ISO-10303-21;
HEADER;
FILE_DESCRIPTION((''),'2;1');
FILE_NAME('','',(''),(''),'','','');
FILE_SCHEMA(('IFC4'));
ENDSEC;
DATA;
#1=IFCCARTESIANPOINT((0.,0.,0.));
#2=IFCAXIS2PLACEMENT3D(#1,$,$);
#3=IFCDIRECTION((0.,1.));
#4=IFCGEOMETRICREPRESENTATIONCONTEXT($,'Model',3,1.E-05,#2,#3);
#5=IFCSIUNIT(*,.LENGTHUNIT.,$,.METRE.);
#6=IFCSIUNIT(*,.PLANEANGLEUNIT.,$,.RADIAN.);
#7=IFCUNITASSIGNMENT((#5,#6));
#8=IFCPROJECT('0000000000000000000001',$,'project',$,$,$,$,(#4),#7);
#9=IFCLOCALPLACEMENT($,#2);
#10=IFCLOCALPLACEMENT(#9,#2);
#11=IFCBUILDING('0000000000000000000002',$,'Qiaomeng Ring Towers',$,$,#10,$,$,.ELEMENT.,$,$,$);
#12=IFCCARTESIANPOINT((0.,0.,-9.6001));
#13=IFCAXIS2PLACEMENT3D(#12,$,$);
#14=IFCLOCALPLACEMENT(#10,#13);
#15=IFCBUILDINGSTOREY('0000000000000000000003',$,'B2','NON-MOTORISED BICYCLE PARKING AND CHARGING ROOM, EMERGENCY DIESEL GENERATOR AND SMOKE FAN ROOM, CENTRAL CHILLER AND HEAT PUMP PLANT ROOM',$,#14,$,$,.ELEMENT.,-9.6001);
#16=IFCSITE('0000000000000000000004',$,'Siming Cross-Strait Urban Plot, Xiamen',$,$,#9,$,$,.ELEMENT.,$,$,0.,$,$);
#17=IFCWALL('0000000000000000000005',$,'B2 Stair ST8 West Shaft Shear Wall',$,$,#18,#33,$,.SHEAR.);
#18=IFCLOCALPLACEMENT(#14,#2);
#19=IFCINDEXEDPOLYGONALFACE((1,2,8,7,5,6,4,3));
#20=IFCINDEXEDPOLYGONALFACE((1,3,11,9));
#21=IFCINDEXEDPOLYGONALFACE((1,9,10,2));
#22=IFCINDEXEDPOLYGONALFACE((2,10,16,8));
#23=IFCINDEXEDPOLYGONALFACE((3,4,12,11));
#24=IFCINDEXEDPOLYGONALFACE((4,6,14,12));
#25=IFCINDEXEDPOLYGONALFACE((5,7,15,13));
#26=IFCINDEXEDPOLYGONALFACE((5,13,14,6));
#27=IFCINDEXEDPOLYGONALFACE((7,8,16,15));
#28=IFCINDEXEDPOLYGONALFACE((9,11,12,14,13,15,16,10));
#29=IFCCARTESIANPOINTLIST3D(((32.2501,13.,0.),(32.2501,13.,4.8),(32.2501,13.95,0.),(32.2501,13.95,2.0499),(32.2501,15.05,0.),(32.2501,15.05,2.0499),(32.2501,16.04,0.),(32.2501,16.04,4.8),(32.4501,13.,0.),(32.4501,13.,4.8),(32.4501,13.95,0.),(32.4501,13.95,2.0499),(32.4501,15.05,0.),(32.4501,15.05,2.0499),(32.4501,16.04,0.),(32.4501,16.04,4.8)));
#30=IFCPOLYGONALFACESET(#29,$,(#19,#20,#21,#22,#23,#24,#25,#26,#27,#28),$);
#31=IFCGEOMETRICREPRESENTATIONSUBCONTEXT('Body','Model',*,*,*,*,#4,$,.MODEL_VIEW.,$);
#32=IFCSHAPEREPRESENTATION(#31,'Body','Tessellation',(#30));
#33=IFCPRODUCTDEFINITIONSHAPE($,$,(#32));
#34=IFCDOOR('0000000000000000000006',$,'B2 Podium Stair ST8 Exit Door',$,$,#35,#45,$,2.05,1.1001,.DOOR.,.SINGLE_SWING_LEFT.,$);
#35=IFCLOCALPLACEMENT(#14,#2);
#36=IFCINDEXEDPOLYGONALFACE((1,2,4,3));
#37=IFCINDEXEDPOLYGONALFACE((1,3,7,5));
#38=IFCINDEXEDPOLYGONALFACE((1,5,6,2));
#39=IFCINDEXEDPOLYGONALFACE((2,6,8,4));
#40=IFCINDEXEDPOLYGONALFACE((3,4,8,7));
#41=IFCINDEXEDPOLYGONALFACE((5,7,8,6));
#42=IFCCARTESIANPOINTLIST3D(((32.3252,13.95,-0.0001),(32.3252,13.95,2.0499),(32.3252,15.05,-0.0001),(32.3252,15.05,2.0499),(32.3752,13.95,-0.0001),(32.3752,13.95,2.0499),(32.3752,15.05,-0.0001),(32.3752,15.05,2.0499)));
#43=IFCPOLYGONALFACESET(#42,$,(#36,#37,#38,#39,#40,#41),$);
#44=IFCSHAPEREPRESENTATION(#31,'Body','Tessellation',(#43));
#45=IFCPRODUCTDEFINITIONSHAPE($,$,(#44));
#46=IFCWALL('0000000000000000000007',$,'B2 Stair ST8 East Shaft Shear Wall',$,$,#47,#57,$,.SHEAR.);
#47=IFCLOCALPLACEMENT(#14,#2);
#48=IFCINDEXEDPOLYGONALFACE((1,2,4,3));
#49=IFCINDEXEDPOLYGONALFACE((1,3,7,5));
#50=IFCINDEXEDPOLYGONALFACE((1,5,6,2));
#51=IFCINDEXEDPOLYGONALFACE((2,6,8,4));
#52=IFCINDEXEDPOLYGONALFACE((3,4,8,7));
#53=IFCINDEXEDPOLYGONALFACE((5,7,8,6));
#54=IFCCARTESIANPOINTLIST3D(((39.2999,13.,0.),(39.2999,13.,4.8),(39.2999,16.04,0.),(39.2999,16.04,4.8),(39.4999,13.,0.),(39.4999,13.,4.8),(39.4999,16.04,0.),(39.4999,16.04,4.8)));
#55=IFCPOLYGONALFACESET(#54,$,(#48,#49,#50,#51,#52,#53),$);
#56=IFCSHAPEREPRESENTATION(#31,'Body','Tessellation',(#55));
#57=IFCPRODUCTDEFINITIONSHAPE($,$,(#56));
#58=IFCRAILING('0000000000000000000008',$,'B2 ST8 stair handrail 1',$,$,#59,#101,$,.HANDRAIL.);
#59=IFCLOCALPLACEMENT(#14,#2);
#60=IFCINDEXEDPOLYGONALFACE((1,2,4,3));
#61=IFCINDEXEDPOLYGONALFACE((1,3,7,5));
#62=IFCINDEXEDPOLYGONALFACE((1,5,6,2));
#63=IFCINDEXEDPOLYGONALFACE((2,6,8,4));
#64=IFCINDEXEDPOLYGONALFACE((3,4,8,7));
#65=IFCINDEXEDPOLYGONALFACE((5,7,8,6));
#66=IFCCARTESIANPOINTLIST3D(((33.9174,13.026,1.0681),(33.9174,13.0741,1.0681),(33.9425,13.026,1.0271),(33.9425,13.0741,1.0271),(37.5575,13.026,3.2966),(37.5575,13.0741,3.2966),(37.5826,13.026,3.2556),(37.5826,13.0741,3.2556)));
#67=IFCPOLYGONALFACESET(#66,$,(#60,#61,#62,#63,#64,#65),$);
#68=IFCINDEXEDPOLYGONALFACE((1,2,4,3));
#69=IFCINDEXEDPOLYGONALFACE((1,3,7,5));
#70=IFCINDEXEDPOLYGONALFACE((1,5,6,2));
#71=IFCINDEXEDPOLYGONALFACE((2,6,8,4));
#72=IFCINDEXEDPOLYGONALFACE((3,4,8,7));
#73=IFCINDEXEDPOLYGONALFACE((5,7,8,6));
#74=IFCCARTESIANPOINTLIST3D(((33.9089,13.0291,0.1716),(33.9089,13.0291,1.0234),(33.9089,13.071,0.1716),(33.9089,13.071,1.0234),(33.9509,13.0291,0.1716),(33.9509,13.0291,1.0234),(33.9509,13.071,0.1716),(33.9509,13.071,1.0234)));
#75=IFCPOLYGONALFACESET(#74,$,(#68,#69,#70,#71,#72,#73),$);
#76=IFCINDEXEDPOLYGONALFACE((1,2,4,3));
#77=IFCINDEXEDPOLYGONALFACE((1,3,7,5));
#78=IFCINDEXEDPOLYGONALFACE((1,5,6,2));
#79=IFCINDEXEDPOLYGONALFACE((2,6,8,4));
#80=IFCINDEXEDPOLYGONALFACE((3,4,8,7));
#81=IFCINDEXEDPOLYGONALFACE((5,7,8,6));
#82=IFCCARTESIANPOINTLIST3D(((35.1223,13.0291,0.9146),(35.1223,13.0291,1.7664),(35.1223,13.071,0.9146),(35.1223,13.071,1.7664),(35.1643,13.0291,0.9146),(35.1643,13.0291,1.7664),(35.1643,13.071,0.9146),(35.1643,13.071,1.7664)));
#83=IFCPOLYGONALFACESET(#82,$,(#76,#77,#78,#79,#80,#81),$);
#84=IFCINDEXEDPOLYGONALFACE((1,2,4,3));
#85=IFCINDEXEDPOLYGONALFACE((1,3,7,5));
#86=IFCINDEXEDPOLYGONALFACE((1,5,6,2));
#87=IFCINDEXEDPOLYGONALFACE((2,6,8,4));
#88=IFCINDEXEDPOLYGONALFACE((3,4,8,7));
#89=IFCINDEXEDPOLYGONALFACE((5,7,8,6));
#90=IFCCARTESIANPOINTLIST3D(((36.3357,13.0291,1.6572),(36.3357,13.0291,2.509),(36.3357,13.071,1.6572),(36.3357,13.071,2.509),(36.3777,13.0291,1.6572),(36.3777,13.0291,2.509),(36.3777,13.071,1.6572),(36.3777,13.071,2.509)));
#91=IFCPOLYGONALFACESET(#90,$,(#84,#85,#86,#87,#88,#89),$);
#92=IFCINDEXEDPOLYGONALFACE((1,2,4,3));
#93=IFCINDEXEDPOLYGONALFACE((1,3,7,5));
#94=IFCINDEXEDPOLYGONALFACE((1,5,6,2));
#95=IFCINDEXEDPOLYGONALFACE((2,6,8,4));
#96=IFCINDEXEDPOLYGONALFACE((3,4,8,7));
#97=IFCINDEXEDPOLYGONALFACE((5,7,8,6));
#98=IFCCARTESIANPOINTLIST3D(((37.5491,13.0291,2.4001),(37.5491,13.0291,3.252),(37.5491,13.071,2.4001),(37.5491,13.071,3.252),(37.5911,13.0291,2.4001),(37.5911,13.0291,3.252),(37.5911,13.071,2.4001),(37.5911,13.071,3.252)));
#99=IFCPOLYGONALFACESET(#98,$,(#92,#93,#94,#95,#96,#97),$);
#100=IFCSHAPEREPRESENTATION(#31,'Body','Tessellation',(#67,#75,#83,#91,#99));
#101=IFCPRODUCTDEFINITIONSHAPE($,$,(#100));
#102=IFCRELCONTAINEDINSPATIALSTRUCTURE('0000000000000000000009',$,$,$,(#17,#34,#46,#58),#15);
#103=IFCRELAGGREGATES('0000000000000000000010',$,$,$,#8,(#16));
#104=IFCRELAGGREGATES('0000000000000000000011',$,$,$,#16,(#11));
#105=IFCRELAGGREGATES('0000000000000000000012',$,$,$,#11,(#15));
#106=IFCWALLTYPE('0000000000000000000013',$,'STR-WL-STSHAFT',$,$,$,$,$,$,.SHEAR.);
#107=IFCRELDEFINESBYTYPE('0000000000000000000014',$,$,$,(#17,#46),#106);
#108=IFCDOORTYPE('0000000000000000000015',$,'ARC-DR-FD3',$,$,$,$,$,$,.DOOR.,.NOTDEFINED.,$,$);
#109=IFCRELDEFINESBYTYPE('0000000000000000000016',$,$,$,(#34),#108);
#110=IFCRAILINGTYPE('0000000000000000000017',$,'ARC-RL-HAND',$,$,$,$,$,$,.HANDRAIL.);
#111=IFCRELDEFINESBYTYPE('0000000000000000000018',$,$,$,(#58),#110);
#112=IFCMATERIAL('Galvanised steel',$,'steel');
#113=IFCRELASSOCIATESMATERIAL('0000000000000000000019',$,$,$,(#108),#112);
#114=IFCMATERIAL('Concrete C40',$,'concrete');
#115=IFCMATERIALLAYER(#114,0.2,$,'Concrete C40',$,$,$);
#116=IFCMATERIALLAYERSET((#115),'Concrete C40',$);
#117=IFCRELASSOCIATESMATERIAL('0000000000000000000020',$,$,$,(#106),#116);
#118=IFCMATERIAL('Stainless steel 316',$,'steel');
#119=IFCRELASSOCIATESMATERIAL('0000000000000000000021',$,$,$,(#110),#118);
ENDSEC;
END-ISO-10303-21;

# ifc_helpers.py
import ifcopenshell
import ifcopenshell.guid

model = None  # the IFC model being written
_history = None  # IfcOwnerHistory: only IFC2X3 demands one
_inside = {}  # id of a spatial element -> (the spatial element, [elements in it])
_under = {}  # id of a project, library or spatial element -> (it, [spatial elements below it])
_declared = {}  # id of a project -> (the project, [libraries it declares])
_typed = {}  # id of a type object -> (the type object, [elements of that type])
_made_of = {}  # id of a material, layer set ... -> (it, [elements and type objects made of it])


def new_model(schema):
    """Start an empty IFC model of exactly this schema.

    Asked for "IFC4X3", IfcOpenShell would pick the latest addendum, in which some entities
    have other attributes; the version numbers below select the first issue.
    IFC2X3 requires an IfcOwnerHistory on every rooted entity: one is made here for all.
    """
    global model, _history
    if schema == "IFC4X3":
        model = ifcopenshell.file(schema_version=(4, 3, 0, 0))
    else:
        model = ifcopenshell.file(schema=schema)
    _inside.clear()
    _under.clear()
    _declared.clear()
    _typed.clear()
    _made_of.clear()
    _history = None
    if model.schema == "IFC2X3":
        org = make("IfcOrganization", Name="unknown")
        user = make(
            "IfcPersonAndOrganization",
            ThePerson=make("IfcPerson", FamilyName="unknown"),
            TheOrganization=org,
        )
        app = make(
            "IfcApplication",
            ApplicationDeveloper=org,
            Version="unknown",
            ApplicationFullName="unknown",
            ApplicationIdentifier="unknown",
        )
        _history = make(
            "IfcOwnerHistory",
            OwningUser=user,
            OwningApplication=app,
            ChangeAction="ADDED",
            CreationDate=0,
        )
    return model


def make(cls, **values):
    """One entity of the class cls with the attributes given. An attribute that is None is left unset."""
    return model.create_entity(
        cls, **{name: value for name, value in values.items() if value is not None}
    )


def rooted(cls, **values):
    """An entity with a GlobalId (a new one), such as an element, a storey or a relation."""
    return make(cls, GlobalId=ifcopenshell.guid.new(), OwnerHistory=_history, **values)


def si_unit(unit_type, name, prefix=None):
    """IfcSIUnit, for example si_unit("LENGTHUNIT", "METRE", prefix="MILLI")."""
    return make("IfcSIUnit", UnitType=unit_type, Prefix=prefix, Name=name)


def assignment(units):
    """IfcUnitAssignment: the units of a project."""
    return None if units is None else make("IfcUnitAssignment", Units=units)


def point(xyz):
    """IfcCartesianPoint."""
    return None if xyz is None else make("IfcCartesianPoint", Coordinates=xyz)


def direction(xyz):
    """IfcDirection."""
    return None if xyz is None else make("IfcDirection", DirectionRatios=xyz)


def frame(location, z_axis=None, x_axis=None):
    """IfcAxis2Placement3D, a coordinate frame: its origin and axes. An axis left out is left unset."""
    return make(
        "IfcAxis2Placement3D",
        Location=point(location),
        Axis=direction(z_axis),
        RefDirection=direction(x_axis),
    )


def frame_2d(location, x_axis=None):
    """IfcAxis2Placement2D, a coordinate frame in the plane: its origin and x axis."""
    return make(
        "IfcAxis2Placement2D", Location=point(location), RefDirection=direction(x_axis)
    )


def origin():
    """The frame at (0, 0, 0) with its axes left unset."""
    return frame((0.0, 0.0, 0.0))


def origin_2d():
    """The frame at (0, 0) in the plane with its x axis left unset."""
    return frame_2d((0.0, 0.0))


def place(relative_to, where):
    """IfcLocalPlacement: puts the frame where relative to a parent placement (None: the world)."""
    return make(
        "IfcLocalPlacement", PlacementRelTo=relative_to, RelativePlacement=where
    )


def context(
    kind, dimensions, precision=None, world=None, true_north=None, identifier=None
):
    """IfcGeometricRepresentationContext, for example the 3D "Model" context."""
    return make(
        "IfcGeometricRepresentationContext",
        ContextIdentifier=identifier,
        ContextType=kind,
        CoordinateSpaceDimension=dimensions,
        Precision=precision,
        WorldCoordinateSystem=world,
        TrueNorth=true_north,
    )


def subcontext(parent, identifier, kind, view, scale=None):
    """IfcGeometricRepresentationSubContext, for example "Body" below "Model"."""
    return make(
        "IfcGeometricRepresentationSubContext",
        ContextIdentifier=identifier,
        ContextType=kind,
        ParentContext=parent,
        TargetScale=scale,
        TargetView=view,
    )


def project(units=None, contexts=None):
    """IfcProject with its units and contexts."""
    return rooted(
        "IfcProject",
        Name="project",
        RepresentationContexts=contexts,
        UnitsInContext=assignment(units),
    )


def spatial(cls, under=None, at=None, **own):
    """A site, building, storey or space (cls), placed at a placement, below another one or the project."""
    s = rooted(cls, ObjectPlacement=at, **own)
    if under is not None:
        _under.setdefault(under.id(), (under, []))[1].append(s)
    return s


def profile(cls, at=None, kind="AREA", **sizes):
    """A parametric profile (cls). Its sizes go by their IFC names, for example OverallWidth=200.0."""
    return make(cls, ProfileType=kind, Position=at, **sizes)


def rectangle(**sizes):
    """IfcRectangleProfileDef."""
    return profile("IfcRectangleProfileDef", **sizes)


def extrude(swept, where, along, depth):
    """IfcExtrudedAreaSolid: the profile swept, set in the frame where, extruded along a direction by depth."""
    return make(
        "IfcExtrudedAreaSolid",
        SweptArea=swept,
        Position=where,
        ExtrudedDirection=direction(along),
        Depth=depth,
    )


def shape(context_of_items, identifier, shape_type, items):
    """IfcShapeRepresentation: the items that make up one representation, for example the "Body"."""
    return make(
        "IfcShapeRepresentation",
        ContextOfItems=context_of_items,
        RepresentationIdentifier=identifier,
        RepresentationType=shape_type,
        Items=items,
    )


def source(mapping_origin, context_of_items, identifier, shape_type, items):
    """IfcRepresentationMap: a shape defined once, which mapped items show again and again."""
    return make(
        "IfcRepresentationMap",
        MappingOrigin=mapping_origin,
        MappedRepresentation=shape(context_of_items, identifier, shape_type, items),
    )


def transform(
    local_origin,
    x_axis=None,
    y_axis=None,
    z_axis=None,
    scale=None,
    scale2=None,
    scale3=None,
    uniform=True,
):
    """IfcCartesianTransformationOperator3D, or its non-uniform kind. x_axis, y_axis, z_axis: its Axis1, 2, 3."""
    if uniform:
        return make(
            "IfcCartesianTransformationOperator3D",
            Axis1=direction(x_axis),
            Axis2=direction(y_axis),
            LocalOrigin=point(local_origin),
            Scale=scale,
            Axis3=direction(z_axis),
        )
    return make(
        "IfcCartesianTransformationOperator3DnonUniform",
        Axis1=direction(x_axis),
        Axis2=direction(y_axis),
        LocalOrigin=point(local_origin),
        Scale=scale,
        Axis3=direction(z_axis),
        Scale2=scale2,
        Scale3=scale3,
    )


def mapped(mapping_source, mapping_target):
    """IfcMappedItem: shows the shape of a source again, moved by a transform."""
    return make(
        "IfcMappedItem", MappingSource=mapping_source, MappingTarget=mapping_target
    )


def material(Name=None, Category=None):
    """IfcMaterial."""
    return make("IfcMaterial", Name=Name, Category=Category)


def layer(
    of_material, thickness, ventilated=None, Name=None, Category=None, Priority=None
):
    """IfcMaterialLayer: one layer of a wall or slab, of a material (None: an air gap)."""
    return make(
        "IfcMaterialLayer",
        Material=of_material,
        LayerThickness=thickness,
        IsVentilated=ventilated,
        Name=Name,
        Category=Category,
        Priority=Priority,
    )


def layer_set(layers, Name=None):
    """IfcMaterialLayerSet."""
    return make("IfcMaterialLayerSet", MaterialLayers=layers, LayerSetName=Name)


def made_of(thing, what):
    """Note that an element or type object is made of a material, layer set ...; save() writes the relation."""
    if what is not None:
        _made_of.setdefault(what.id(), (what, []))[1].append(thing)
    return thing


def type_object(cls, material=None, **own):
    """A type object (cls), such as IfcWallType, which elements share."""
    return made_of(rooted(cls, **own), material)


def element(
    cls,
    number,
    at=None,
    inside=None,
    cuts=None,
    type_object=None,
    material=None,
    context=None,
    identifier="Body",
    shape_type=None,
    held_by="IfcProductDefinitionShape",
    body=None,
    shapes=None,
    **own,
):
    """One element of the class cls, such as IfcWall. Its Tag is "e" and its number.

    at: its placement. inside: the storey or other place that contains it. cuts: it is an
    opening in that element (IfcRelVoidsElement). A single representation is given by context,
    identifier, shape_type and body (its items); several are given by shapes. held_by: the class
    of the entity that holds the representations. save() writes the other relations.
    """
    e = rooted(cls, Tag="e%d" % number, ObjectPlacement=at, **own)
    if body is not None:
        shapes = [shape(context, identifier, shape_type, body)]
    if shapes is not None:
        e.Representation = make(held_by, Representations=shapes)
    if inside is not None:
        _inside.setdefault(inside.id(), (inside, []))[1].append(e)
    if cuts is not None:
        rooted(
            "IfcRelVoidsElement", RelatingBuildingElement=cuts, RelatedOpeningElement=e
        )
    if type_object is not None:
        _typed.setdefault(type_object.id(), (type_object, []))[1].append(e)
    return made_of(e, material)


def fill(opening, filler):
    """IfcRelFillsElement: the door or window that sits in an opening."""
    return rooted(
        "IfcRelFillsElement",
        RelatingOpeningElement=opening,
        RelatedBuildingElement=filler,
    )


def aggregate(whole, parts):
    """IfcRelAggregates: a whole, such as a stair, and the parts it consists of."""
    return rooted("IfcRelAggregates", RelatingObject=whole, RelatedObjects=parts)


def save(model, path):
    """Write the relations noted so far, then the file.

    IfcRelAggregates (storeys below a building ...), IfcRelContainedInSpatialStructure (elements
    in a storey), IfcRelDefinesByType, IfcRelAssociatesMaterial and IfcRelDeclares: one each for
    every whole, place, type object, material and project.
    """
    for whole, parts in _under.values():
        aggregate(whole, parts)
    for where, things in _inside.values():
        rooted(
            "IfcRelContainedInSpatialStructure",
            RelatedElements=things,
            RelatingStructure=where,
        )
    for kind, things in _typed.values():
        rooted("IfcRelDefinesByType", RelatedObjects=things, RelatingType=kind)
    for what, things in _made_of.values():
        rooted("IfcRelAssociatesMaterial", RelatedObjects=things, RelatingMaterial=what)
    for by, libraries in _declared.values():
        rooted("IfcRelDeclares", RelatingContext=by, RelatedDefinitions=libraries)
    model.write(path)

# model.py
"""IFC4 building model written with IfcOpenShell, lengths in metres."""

from ifc_helpers import new_model, si_unit, direction, frame, frame_2d, origin, origin_2d, place, context, subcontext, project, spatial, rectangle, extrude, source, transform, mapped, material, layer, layer_set, type_object, element, fill, save


model = new_model("IFC4")

# Units and contexts
model_context = context("Model", 3, precision=1e-05, world=origin(), true_north=direction((0.0, 1.0)))
body_context = subcontext(model_context, "Body", "Model", "MODEL_VIEW")
ifc_project = project(units=[si_unit("LENGTHUNIT", "METRE"), si_unit("PLANEANGLEUNIT", "RADIAN")], contexts=[model_context])

# Site, building, storey
site_placement = place(None, origin())
site = spatial("IfcSite", under=ifc_project, at=site_placement, Name="Siming Cross-Strait Urban Plot, Xiamen", CompositionType="ELEMENT", RefElevation=0.0)
building_placement = place(site_placement, origin())
building = spatial("IfcBuilding", under=site, at=building_placement, Name="Qiaomeng Ring Towers", CompositionType="ELEMENT")
storey_placement = place(building_placement, frame((0.0, 0.0, -9.6001)))
storey = spatial("IfcBuildingStorey", under=building, at=storey_placement, Name="B2", Description="NON-MOTORISED BICYCLE PARKING AND CHARGING ROOM, EMERGENCY DIESEL GENERATOR AND SMOKE FAN ROOM, CENTRAL CHILLER AND HEAT PUMP PLANT ROOM", CompositionType="ELEMENT", Elevation=-9.6001)

# Shared definitions
ifc_material_1 = material(Name="Concrete C40", Category="concrete")

# Shared definitions
ifc_material_2 = material(Name="Galvanised steel", Category="steel")
door_type_1 = type_object("IfcDoorType", Name="ARC-DR-FD3", OperationType="NOTDEFINED", PredefinedType="DOOR", material=ifc_material_2)
shared_shape_1 = source(origin(), body_context, "Body", "SweptSolid", [
    extrude(rectangle(XDim=1.1001, YDim=2.05, at=frame_2d((0.55, 1.0249))), frame((0.0, 0.0249, 0.0), z_axis=(0.0, -1.0, 0.0), x_axis=(1.0, 0.0, 0.0)), (0.0, 0.0, 1.0), 0.05),
])

# Shared definitions
ifc_layer_1 = layer(ifc_material_1, 0.2, Name="Concrete C40")
ifc_layer_set_1 = layer_set([ifc_layer_1], Name="Concrete C40")
wall_type_1 = type_object("IfcWallType", Name="STR-WL-STSHAFT", PredefinedType="SHEAR", material=ifc_layer_set_1)
ifc_material_3 = material(Name="Stainless steel 316", Category="steel")

# Wall, opening, door
wall_1_placement = place(storey_placement, frame((32.3501, 13.0, 0.0), z_axis=(0.0, 0.0, 1.0), x_axis=(0.0, 1.0, 0.0)))
wall_1 = element("IfcWall", 1, at=wall_1_placement, inside=storey, type_object=wall_type_1, Name="B2 Stair ST8 West Shaft Shear Wall", PredefinedType="SHEAR", context=body_context, shape_type="SweptSolid", body=[
    extrude(rectangle(XDim=3.04, YDim=0.2, at=frame_2d((1.52, 0.0))), origin(), (0.0, 0.0, 1.0), 4.8),
])
opening_1_placement = place(wall_1_placement, frame((0.95, 0.0, 0.0)))
opening_1 = element("IfcOpeningElement", 2, at=opening_1_placement, cuts=wall_1, PredefinedType="OPENING", context=body_context, shape_type="SweptSolid", body=[
    extrude(rectangle(XDim=1.1001, YDim=2.05, at=frame_2d((0.55, 1.0249))), frame((0.0, 0.1099, 0.0), z_axis=(0.0, -1.0, 0.0), x_axis=(1.0, 0.0, 0.0)), (0.0, 0.0, 1.0), 0.22),
])
door_1_placement = place(opening_1_placement, origin())
door_1 = element("IfcDoor", 3, at=door_1_placement, inside=storey, type_object=door_type_1, Name="B2 Podium Stair ST8 Exit Door", OperationType="SINGLE_SWING_LEFT", OverallHeight=2.05, OverallWidth=1.1001, PredefinedType="DOOR", context=body_context, shape_type="MappedRepresentation", body=[
    mapped(shared_shape_1, transform((0.0, 0.0, 0.0), x_axis=(1.0, 0.0, 0.0), y_axis=(0.0, 1.0, 0.0), z_axis=(0.0, 0.0, 1.0), scale=1.0)),
])
fill(opening_1, door_1)

# Wall
wall_2_placement = place(storey_placement, frame((39.3999, 13.0, 0.0), z_axis=(0.0, 0.0, 1.0), x_axis=(0.0, 1.0, 0.0)))
element("IfcWall", 4, at=wall_2_placement, inside=storey, type_object=wall_type_1, Name="B2 Stair ST8 East Shaft Shear Wall", PredefinedType="SHEAR", context=body_context, shape_type="SweptSolid", body=[
    extrude(rectangle(XDim=3.04, YDim=0.2, at=frame_2d((1.52, 0.0))), origin(), (0.0, 0.0, 1.0), 4.8),
])

# Railing
railing_type = type_object("IfcRailingType", Name="ARC-RL-HAND", PredefinedType="HANDRAIL", material=ifc_material_3)
railing_placement = place(storey_placement, frame((33.9299, 13.05, 0.1716)))
element("IfcRailing", 5, at=railing_placement, inside=storey, type_object=railing_type, Name="B2 ST8 stair handrail 1", PredefinedType="HANDRAIL", context=body_context, shape_type="SweptSolid", body=[
    extrude(rectangle(XDim=0.0481, YDim=0.0481, at=origin_2d()), frame((0.0, 0.0, 0.876), z_axis=(0.852866, 0.0, 0.52213), x_axis=(0.0, 1.0, 0.0)), (0.0, 0.0, 1.0), 4.2681),
    extrude(rectangle(XDim=0.042, YDim=0.042, at=origin_2d()), origin(), (0.0, 0.0, 1.0), 0.8518),
    extrude(rectangle(XDim=0.042, YDim=0.042, at=origin_2d()), frame((1.2134, 0.0, 0.7429)), (0.0, 0.0, 1.0), 0.8518),
    extrude(rectangle(XDim=0.042, YDim=0.042, at=origin_2d()), frame((2.4268, 0.0, 1.4856)), (0.0, 0.0, 1.0), 0.8518),
    extrude(rectangle(XDim=0.042, YDim=0.042, at=origin_2d()), frame((3.6401, 0.0, 2.2285)), (0.0, 0.0, 1.0), 0.8518),
])

save(model, "model.ifc")
